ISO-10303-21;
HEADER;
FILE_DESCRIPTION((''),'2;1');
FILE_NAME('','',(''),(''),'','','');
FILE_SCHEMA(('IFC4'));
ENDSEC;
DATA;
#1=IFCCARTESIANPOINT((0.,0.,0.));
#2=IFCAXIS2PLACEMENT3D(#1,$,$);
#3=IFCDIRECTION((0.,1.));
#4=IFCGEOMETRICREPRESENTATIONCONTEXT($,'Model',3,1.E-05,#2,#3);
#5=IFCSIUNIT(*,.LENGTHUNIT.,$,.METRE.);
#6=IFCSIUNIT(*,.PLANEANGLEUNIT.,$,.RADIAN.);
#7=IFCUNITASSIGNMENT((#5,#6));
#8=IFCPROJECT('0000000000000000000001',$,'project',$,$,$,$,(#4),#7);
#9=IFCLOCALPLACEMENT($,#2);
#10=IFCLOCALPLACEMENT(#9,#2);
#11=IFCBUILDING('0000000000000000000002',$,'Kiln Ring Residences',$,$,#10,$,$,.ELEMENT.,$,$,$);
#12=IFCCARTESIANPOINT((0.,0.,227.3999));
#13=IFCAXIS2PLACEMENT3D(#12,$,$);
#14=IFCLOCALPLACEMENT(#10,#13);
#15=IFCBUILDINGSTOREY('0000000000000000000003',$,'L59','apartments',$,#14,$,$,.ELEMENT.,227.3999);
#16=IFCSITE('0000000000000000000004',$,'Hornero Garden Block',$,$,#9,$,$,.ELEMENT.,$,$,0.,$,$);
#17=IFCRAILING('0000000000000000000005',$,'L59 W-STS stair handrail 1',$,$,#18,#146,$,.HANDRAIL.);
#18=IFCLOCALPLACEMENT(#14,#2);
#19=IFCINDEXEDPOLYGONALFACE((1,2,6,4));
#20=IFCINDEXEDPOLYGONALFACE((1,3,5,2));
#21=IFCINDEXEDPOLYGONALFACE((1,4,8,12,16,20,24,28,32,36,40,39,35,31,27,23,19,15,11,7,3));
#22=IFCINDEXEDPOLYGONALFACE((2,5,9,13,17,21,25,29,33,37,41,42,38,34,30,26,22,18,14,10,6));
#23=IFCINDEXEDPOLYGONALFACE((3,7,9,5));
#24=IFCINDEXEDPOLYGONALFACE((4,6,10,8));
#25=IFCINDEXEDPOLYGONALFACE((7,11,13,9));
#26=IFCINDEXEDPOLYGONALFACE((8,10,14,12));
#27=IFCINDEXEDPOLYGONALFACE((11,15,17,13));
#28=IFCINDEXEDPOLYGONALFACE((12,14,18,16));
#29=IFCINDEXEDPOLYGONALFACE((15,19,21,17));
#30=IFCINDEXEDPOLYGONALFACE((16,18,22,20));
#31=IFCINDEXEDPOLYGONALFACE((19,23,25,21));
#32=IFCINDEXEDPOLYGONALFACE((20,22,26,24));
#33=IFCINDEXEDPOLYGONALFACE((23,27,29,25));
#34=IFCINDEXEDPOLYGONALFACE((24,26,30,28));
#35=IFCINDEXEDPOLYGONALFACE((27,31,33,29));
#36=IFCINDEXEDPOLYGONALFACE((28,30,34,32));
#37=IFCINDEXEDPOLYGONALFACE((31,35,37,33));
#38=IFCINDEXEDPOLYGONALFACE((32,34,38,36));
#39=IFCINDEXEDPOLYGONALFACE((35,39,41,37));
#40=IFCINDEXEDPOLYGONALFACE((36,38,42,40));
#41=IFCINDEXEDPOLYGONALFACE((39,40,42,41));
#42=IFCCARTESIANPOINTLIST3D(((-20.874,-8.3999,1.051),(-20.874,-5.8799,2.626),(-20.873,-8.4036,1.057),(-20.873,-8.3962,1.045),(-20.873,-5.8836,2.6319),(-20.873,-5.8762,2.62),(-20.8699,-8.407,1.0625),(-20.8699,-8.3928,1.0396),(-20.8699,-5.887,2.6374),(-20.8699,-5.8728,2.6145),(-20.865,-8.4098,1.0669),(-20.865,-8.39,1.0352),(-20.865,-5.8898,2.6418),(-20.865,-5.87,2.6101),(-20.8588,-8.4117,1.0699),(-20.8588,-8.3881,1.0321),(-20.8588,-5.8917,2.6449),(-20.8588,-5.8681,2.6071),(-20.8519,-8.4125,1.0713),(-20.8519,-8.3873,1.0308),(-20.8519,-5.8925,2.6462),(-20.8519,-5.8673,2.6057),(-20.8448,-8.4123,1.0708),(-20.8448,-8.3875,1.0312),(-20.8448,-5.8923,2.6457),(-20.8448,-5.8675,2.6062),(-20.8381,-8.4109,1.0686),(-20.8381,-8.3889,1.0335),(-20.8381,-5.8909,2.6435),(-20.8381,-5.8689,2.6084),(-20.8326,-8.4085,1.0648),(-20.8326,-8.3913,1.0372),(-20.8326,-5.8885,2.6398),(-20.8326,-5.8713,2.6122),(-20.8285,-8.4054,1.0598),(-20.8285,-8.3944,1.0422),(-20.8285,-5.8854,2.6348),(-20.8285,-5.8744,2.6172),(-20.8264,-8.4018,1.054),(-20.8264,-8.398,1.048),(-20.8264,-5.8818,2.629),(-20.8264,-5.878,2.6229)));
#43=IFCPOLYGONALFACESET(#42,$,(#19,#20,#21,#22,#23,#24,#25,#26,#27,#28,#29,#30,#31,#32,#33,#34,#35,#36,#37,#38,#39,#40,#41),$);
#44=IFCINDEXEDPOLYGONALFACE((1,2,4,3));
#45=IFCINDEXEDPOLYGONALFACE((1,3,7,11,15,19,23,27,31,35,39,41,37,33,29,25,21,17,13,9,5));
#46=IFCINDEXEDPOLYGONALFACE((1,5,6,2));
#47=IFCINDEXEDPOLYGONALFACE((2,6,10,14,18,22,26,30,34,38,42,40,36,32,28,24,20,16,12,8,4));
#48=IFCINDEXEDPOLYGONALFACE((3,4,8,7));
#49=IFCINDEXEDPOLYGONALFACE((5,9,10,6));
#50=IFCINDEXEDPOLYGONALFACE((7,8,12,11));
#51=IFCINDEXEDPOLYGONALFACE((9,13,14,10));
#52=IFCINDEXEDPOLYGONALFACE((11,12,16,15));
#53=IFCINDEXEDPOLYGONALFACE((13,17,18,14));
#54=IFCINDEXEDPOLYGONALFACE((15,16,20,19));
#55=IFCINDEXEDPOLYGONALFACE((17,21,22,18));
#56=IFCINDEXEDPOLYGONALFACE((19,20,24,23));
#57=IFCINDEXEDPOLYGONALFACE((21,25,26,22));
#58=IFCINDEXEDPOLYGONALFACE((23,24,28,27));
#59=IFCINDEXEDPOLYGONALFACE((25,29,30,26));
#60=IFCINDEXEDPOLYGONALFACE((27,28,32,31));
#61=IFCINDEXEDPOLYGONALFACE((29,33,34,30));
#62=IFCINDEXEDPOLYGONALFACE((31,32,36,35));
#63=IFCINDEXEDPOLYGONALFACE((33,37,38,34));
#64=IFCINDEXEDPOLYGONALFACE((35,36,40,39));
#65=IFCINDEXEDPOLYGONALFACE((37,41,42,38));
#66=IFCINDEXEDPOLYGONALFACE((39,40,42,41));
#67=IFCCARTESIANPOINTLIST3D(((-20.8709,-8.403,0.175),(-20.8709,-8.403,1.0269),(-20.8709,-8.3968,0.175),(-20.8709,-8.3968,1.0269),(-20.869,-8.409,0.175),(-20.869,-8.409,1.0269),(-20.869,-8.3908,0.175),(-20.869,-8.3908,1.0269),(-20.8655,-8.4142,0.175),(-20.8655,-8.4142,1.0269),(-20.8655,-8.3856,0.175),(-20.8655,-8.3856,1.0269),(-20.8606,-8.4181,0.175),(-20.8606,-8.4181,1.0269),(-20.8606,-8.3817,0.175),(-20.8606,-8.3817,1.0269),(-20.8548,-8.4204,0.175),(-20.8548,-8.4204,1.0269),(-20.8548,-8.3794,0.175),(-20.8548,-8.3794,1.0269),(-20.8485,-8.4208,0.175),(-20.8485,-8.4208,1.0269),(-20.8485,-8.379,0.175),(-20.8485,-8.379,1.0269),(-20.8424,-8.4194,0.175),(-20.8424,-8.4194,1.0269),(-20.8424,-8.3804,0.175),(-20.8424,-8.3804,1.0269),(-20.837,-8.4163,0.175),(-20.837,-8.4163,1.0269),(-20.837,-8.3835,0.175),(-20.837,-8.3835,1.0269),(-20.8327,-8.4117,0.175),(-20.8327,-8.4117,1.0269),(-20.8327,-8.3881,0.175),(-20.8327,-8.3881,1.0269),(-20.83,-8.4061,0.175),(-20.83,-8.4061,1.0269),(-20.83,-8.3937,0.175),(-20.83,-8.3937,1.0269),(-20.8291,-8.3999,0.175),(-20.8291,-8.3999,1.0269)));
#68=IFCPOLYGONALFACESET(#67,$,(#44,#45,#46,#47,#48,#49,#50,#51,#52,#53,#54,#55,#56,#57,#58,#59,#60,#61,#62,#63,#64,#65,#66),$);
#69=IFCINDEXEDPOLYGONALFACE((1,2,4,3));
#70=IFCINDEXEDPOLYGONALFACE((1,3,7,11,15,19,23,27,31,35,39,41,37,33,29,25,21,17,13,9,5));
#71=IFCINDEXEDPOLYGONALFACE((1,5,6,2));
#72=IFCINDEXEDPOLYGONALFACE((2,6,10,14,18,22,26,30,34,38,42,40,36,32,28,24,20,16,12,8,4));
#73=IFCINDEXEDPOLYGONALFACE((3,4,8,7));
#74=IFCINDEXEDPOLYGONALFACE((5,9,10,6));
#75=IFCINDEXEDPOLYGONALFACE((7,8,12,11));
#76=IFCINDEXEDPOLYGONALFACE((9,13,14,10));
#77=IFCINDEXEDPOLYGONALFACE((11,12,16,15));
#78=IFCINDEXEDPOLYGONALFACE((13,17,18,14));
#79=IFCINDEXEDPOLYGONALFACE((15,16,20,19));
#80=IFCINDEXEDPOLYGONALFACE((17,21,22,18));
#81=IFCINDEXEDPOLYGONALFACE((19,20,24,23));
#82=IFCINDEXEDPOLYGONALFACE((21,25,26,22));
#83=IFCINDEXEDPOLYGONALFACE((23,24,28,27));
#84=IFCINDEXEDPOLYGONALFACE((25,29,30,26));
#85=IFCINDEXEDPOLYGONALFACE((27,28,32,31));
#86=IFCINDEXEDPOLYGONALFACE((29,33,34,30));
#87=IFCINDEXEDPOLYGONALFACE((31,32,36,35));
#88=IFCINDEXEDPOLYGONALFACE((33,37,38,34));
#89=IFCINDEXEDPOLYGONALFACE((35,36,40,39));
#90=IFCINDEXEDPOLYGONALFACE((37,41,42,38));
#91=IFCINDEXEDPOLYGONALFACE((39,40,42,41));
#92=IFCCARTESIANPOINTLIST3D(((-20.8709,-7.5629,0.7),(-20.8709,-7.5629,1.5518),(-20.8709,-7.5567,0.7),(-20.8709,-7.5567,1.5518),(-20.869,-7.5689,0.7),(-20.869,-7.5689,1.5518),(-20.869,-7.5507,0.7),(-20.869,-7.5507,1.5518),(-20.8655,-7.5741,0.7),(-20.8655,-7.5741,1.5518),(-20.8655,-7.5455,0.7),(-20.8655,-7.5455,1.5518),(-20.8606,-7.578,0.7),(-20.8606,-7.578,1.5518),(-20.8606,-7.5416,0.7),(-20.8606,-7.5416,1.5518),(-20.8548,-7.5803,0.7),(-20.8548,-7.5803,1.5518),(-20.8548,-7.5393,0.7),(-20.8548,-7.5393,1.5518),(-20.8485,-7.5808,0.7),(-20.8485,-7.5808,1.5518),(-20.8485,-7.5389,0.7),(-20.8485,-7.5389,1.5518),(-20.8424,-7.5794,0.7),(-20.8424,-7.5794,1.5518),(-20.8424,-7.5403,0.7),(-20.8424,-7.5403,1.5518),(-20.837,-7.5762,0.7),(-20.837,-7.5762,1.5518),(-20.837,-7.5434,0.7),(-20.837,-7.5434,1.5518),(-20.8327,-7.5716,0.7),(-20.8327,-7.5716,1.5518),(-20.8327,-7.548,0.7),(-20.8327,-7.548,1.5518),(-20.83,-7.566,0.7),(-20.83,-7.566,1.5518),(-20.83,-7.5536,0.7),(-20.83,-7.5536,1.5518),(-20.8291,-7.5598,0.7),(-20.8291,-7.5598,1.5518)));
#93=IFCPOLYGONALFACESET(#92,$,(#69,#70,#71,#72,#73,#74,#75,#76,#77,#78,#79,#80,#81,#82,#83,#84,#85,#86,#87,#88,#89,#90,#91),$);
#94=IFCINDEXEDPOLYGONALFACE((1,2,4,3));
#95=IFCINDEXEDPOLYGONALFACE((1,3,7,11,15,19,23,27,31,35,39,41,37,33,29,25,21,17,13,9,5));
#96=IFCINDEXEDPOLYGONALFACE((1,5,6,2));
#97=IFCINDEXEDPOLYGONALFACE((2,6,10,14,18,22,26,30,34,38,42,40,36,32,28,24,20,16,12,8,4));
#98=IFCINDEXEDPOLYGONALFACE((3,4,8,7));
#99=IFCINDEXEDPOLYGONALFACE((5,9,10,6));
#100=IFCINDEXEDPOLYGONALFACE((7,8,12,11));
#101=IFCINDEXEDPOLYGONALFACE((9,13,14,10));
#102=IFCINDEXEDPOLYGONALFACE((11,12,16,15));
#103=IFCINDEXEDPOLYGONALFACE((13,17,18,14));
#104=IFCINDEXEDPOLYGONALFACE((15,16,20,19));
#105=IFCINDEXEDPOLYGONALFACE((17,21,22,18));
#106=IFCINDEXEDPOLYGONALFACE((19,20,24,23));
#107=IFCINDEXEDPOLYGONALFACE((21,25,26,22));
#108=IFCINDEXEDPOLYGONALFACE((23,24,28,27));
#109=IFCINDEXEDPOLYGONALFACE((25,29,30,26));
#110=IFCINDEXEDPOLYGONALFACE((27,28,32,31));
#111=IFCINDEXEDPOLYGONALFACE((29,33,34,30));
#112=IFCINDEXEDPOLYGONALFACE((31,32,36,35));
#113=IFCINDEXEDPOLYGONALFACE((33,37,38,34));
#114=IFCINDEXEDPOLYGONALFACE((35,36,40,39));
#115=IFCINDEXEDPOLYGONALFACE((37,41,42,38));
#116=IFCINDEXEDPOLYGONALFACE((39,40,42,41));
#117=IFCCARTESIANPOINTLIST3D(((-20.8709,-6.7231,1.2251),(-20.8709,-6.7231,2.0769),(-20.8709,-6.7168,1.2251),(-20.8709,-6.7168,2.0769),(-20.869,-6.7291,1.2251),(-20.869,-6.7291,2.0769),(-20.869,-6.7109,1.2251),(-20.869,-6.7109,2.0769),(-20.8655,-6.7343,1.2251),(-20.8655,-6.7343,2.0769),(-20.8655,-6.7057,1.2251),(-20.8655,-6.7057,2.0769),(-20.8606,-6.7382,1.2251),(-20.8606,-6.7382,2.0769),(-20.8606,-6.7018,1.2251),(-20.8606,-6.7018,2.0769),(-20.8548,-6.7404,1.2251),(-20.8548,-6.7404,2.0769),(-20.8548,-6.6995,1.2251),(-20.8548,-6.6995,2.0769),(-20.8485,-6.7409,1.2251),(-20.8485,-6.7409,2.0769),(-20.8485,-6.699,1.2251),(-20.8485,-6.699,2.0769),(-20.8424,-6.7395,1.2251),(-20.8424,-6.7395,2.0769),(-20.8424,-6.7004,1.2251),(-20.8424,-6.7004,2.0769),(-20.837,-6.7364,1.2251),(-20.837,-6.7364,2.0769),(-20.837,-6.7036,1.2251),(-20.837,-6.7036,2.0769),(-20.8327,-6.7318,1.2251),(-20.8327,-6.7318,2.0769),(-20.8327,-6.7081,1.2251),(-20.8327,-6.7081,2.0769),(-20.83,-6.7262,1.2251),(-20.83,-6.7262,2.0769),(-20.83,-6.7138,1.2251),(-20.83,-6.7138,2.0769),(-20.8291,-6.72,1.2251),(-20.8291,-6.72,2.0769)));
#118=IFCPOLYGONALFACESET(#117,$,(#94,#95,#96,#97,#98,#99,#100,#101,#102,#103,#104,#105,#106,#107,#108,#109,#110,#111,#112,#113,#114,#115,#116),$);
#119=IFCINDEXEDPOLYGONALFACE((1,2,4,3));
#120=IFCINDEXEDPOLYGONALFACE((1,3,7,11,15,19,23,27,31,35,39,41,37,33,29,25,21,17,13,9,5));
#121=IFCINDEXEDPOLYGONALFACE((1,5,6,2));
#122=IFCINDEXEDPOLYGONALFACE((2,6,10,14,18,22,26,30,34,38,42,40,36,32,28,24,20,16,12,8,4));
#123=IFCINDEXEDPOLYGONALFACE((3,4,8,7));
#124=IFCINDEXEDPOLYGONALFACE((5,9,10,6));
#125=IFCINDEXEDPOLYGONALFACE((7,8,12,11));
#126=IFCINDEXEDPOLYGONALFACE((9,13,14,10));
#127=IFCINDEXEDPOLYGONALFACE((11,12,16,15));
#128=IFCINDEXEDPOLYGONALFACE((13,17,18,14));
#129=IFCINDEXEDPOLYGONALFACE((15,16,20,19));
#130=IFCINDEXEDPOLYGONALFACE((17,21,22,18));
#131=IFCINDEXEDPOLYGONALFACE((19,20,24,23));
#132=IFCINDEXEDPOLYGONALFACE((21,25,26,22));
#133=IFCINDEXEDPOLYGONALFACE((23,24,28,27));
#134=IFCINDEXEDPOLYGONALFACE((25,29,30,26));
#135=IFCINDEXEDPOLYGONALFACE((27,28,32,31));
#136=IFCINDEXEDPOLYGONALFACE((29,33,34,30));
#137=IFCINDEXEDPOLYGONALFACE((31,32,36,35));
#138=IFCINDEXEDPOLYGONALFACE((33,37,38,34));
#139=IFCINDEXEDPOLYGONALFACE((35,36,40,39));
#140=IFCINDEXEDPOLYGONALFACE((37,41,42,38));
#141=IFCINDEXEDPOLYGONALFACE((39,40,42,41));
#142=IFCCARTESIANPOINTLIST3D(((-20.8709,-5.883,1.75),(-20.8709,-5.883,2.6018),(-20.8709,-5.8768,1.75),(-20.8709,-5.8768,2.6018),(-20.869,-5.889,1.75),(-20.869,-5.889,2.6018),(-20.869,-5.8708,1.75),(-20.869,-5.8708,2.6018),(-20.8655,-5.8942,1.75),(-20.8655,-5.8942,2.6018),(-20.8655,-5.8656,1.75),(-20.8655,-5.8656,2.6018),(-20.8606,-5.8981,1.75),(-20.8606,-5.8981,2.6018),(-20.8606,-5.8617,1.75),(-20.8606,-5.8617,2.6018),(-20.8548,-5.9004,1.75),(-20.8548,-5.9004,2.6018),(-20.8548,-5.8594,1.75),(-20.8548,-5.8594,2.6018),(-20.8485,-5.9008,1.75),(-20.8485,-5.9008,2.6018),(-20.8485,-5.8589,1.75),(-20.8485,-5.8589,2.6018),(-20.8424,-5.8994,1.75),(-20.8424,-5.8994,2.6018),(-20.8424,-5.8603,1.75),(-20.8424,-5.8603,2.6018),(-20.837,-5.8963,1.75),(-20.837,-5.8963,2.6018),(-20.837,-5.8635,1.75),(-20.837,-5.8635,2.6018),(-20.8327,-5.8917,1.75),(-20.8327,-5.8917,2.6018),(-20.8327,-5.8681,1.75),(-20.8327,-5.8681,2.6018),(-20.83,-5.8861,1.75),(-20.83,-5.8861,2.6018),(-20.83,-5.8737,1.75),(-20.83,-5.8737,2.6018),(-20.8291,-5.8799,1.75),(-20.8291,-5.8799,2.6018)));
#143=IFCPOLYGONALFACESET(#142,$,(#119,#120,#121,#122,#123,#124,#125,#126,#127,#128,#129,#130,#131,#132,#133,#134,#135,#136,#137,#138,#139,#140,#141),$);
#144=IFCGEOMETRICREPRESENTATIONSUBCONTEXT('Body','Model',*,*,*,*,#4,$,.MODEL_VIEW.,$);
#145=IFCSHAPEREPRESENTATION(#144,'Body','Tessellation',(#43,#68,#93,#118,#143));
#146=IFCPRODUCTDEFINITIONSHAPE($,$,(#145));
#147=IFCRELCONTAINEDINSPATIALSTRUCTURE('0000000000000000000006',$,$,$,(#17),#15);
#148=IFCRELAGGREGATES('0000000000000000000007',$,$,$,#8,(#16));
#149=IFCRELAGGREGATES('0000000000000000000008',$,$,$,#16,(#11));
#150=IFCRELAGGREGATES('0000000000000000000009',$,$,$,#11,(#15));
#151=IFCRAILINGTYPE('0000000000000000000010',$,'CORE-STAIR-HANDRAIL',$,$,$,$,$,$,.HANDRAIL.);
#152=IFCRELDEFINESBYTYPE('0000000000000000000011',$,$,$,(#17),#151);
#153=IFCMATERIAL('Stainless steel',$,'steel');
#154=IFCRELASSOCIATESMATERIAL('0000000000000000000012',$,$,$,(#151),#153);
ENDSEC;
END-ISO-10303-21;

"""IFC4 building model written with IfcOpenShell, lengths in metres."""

from ifc_helpers import new_model, si_unit, direction, frame, origin, origin_2d, place, context, subcontext, project, spatial, circle, extrude, material, type_object, element, save


model = new_model("IFC4")

# Units and contexts
model_context = context("Model", 3, precision=1e-05, world=origin(), true_north=direction((0.0, 1.0)))
body_context = subcontext(model_context, "Body", "Model", "MODEL_VIEW")
ifc_project = project(units=[si_unit("LENGTHUNIT", "METRE"), si_unit("PLANEANGLEUNIT", "RADIAN")], contexts=[model_context])

# Site, building, storey
site_placement = place(None, origin())
site = spatial("IfcSite", under=ifc_project, at=site_placement, Name="Hornero Garden Block", CompositionType="ELEMENT", RefElevation=0.0)
building_placement = place(site_placement, origin())
building = spatial("IfcBuilding", under=site, at=building_placement, Name="Kiln Ring Residences", CompositionType="ELEMENT")
storey_placement = place(building_placement, frame((0.0, 0.0, 227.3999)))
storey = spatial("IfcBuildingStorey", under=building, at=storey_placement, Name="L59", Description="apartments", CompositionType="ELEMENT", Elevation=227.3999)

# Railing
ifc_material_1 = material(Name="Stainless steel", Category="steel")
railing_type_1 = type_object("IfcRailingType", Name="CORE-STAIR-HANDRAIL", PredefinedType="HANDRAIL", material=ifc_material_1)
railing_1_placement = place(storey_placement, frame((-20.8501, -8.3999, 0.175)))
element("IfcRailing", 1, at=railing_1_placement, inside=storey, type_object=railing_type_1, Name="L59 W-STS stair handrail 1", PredefinedType="HANDRAIL", context=body_context, shape_type="SweptSolid", body=[
    extrude(circle(Radius=0.0239, at=origin_2d()), frame((0.0, 0.0, 0.876), z_axis=(0.0, 0.848008, 0.529984), x_axis=(-1.0, 0.0, 0.0)), (0.0, 0.0, 1.0), 2.9717),
    extrude(circle(Radius=0.021, at=origin_2d()), origin(), (0.0, 0.0, 1.0), 0.8518),
    extrude(circle(Radius=0.021, at=origin_2d()), frame((0.0, 0.8401, 0.5249)), (0.0, 0.0, 1.0), 0.8518),
    extrude(circle(Radius=0.021, at=origin_2d()), frame((0.0, 1.6799, 1.05)), (0.0, 0.0, 1.0), 0.8518),
    extrude(circle(Radius=0.021, at=origin_2d()), frame((0.0, 2.52, 1.575)), (0.0, 0.0, 1.0), 0.8518),
])

save(model, "model.ifc")
